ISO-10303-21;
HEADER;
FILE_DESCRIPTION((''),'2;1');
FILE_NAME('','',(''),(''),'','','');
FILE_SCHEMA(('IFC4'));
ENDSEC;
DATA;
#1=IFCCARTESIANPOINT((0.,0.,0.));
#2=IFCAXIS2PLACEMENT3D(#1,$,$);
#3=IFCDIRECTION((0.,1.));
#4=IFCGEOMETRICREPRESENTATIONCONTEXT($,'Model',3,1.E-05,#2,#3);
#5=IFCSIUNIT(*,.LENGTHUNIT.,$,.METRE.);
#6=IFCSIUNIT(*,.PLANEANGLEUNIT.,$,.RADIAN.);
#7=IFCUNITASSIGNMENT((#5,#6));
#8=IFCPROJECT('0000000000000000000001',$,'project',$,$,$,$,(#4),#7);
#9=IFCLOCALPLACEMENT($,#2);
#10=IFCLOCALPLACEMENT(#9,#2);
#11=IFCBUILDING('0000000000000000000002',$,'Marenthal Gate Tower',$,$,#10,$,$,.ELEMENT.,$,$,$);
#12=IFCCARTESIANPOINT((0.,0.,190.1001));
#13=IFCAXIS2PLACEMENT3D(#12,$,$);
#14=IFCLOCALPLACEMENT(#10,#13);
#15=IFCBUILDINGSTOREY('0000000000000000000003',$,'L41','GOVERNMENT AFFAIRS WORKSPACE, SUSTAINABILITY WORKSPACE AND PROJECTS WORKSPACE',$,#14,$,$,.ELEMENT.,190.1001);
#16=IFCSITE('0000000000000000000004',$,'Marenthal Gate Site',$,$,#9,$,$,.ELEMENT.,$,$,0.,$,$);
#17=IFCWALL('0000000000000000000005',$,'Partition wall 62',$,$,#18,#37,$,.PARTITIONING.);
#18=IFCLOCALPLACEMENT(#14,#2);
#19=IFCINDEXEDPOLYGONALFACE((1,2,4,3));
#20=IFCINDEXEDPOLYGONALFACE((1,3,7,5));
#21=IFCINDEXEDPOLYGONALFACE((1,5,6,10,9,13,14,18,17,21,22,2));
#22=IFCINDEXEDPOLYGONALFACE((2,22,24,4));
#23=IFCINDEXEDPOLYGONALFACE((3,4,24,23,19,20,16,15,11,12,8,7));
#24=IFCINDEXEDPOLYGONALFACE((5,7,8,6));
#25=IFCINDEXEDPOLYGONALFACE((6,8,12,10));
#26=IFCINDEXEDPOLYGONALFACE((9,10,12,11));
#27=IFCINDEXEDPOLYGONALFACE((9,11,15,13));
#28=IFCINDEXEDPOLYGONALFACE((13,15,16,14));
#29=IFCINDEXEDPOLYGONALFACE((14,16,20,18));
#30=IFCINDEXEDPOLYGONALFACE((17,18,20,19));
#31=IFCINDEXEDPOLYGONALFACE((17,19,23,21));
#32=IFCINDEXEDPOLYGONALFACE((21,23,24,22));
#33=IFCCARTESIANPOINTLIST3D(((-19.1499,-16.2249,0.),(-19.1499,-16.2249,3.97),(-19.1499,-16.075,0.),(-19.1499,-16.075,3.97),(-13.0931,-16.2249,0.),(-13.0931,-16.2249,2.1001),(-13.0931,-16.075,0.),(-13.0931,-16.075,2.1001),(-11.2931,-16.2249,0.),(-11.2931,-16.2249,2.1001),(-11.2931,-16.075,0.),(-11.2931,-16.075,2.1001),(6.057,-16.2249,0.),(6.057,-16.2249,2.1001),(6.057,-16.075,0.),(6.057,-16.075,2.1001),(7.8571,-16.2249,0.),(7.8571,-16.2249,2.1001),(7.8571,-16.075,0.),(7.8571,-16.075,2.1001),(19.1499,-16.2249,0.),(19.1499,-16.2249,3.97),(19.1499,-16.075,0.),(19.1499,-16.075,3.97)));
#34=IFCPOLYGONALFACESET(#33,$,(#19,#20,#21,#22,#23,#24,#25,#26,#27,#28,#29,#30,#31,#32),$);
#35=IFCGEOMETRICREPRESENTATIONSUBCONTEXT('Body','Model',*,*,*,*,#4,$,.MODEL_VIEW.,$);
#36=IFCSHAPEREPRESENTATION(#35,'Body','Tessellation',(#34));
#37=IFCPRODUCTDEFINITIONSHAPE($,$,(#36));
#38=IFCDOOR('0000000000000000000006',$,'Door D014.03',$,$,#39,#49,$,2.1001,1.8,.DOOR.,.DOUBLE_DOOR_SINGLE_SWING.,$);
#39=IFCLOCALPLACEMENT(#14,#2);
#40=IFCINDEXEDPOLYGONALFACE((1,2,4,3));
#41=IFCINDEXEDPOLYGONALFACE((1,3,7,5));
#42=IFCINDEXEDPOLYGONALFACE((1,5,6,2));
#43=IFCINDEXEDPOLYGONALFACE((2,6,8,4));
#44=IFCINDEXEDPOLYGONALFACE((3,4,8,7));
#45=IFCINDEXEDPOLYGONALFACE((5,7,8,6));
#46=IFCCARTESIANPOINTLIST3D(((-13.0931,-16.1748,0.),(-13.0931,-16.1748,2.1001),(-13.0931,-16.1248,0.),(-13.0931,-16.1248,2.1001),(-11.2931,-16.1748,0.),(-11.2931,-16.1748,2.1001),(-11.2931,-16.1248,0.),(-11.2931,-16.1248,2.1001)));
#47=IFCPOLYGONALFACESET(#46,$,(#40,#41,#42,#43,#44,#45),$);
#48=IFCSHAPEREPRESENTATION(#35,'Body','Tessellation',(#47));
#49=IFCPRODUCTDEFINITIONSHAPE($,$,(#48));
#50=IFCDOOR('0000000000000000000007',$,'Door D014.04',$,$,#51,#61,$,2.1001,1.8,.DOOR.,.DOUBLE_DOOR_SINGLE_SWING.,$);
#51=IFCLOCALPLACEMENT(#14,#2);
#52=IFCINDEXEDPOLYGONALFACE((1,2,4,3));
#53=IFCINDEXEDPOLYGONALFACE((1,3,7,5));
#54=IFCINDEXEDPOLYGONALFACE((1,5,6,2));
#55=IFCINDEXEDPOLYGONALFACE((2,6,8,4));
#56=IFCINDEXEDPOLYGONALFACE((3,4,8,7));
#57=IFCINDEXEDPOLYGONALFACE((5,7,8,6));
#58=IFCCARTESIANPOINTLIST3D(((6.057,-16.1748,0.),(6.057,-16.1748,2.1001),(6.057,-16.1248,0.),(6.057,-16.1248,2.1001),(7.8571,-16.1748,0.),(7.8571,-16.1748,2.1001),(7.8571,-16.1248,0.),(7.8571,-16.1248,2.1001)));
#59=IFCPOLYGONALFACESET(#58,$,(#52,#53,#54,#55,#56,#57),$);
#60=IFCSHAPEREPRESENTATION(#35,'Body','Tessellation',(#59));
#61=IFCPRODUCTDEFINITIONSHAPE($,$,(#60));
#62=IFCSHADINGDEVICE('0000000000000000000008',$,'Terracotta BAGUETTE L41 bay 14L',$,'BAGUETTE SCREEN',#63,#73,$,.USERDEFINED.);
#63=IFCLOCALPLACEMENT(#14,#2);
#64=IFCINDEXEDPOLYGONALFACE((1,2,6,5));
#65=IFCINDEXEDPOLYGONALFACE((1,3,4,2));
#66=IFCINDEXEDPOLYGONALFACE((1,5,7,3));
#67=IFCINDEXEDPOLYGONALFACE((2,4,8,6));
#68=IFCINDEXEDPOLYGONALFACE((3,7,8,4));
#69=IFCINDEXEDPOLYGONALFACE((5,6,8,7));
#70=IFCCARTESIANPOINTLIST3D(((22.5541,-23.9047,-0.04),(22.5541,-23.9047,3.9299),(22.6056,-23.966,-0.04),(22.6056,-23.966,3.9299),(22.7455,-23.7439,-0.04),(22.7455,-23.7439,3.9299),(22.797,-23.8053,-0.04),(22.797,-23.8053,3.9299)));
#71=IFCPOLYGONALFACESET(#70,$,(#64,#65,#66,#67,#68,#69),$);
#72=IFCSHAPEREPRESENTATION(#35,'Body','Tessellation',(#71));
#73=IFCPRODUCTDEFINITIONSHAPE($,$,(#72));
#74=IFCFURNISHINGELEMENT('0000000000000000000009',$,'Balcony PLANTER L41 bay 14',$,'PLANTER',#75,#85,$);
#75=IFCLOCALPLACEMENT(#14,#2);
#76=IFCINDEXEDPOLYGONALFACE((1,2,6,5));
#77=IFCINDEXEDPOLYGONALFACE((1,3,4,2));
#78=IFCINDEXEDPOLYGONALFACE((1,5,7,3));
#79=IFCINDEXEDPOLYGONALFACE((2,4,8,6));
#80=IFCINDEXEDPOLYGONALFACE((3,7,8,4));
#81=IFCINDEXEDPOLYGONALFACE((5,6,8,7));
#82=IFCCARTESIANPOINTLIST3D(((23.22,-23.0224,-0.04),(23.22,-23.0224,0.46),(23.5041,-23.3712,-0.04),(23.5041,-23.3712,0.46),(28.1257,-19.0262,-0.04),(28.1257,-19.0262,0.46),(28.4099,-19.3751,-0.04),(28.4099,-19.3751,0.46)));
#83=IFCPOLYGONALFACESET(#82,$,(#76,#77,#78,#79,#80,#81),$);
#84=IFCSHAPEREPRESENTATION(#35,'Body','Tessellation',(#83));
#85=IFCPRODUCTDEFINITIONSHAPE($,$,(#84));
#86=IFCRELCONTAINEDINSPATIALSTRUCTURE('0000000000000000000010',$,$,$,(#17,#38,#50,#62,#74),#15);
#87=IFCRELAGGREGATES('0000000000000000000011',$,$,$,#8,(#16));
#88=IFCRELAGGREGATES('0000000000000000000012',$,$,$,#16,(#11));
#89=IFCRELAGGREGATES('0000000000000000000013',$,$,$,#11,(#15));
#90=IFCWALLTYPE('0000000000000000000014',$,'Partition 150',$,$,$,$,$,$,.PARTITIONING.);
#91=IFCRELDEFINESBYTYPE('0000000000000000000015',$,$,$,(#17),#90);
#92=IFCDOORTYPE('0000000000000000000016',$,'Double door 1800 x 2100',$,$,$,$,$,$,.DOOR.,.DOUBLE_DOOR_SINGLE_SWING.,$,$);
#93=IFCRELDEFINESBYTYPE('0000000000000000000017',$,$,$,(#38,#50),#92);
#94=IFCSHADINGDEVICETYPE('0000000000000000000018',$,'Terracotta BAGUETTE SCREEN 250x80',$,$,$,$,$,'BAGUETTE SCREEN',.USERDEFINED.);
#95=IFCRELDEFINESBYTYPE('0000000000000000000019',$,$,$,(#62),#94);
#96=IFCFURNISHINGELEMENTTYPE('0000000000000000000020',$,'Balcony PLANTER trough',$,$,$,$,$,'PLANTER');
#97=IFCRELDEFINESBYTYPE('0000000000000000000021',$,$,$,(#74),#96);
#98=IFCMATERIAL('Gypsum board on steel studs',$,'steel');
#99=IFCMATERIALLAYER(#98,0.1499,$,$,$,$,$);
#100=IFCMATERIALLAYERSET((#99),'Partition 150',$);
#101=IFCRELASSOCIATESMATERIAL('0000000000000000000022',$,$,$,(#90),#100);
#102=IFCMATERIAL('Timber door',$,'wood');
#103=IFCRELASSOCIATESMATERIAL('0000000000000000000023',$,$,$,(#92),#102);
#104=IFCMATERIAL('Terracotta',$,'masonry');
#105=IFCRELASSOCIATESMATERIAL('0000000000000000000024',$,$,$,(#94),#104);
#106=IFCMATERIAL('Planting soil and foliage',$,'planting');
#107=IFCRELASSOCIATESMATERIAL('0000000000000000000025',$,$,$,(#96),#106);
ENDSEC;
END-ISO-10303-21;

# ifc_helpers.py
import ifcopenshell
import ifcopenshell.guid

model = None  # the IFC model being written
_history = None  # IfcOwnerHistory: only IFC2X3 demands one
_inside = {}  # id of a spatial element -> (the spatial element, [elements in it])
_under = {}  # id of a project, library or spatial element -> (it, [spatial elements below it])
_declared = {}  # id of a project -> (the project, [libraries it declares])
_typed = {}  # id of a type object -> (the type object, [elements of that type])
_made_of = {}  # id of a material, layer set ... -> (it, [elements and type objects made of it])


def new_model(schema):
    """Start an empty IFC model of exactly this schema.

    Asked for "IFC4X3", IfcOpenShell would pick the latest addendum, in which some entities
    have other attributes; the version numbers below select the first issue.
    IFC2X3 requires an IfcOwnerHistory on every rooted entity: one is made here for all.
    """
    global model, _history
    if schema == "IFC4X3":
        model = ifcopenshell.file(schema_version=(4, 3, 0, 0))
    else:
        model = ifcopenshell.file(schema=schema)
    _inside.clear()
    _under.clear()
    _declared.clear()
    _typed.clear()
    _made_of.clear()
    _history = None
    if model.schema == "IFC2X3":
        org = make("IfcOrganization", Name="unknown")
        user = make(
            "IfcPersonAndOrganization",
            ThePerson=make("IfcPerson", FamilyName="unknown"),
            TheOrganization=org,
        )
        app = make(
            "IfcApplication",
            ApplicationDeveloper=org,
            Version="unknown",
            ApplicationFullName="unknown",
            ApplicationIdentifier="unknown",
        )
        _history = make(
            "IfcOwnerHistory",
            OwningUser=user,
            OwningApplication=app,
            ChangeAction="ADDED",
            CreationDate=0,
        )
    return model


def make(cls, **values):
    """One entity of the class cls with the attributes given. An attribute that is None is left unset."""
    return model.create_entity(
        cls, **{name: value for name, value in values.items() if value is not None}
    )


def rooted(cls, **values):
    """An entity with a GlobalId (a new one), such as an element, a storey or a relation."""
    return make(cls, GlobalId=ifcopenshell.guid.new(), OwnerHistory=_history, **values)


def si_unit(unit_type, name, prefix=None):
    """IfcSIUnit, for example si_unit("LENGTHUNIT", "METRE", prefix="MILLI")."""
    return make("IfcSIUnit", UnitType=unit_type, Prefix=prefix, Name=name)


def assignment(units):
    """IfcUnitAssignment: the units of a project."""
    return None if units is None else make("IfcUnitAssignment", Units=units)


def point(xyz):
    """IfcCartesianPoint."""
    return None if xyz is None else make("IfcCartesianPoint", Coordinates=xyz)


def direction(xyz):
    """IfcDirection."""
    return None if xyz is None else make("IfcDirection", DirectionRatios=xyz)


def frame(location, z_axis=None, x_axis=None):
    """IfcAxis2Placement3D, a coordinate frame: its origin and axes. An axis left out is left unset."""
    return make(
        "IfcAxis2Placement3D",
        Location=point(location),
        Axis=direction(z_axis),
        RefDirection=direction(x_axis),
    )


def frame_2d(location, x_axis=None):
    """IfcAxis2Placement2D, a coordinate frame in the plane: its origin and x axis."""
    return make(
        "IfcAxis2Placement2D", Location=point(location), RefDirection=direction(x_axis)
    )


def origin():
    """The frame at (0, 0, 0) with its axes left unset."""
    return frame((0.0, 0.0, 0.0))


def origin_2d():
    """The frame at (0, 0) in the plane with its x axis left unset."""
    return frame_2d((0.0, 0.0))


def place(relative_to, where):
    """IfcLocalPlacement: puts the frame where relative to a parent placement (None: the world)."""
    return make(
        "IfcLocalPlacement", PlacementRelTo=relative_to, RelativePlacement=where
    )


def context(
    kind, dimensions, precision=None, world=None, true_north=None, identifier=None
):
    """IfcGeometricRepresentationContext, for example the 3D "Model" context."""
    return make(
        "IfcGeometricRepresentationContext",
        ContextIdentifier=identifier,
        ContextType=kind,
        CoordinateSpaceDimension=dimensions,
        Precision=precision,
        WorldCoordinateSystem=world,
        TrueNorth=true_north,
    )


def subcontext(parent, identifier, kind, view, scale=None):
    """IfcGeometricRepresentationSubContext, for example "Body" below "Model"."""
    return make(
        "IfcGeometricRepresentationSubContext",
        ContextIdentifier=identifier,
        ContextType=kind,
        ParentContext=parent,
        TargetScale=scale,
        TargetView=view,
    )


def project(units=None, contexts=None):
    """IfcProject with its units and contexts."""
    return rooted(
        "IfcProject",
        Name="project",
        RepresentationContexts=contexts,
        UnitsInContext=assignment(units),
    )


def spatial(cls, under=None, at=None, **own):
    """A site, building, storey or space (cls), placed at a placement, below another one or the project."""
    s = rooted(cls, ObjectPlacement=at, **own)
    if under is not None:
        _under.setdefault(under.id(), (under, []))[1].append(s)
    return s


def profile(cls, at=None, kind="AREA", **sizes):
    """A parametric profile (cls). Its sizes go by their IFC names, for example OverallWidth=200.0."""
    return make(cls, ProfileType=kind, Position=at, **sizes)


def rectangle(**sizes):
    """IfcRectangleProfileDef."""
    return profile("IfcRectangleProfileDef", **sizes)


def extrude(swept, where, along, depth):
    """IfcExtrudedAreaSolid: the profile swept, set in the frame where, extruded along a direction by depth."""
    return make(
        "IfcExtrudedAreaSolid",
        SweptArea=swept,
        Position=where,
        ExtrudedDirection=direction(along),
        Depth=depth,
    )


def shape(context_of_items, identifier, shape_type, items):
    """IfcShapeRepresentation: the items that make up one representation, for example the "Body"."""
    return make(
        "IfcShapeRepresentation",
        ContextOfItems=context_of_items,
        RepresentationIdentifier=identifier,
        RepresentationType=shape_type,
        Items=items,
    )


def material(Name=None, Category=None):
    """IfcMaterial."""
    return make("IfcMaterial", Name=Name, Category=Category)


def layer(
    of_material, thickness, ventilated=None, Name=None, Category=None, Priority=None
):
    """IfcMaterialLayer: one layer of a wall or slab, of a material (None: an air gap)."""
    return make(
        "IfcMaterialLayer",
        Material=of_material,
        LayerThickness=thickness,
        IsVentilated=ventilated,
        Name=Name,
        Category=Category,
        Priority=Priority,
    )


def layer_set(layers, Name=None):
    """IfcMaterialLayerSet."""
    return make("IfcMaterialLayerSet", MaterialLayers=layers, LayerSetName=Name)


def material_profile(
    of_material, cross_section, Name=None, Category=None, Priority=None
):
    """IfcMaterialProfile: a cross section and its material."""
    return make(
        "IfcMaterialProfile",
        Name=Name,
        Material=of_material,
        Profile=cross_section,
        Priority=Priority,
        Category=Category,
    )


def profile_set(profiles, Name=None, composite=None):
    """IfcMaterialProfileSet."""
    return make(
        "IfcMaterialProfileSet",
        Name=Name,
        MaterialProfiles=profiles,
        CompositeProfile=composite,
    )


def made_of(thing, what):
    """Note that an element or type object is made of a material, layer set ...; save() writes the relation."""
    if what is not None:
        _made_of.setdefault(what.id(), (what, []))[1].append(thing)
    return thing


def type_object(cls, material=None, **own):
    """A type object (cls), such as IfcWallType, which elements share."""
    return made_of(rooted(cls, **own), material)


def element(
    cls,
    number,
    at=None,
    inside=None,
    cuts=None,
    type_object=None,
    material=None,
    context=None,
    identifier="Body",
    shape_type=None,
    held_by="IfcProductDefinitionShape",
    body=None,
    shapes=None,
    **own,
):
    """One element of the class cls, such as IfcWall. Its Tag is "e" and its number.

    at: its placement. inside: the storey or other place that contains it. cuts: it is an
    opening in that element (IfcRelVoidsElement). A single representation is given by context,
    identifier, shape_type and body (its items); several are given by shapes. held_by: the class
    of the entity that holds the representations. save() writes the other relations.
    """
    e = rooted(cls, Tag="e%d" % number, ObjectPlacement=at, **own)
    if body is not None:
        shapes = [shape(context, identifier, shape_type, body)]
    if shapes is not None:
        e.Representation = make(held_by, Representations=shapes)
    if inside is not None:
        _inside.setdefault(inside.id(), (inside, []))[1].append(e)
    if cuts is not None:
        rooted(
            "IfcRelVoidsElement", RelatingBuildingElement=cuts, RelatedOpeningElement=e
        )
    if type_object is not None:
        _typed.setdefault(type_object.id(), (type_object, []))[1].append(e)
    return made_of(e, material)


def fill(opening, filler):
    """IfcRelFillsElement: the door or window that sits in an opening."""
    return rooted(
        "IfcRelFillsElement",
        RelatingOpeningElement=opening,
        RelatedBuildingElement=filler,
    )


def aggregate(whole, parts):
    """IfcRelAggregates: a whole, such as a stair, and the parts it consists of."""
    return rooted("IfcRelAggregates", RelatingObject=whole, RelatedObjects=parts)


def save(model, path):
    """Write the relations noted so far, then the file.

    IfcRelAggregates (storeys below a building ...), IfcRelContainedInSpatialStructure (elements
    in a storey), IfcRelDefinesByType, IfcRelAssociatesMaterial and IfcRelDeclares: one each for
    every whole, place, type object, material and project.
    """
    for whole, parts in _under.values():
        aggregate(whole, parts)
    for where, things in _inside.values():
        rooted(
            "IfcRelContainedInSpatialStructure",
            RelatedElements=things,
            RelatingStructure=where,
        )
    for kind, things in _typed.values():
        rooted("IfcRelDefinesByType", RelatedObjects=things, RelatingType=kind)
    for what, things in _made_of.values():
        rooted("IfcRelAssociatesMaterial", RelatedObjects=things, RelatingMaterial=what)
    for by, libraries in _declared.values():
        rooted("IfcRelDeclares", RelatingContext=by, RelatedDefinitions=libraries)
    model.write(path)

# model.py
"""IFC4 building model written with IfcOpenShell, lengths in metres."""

from ifc_helpers import new_model, si_unit, direction, frame, frame_2d, origin, origin_2d, place, context, subcontext, project, spatial, rectangle, extrude, material, layer, layer_set, material_profile, profile_set, type_object, element, fill, save


model = new_model("IFC4")

# Units and contexts
model_context = context("Model", 3, precision=1e-05, world=origin(), true_north=direction((0.0, 1.0)))
body_context = subcontext(model_context, "Body", "Model", "MODEL_VIEW")
ifc_project = project(units=[si_unit("LENGTHUNIT", "METRE"), si_unit("PLANEANGLEUNIT", "RADIAN")], contexts=[model_context])

# Site, building, storey
site_placement = place(None, origin())
site = spatial("IfcSite", under=ifc_project, at=site_placement, Name="Marenthal Gate Site", CompositionType="ELEMENT", RefElevation=0.0)
building_placement = place(site_placement, origin())
building = spatial("IfcBuilding", under=site, at=building_placement, Name="Marenthal Gate Tower", CompositionType="ELEMENT")
storey_placement = place(building_placement, frame((0.0, 0.0, 190.1001)))
storey = spatial("IfcBuildingStorey", under=building, at=storey_placement, Name="L41", Description="GOVERNMENT AFFAIRS WORKSPACE, SUSTAINABILITY WORKSPACE AND PROJECTS WORKSPACE", CompositionType="ELEMENT", Elevation=190.1001)

# Wall, openings, doors
ifc_material_1 = material(Name="Gypsum board on steel studs", Category="steel")
ifc_layer_1 = layer(ifc_material_1, 0.1499)
ifc_layer_set_1 = layer_set([ifc_layer_1], Name="Partition 150")
wall_type_1 = type_object("IfcWallType", Name="Partition 150", PredefinedType="PARTITIONING", material=ifc_layer_set_1)
wall_1_placement = place(storey_placement, frame((19.1499, -16.1499, 0.0), z_axis=(0.0, 0.0, 1.0), x_axis=(-1.0, 0.0, 0.0)))
wall_1 = element("IfcWall", 1, at=wall_1_placement, inside=storey, type_object=wall_type_1, Name="Partition wall 62", PredefinedType="PARTITIONING", context=body_context, shape_type="SweptSolid", body=[
    extrude(rectangle(XDim=38.2998, YDim=0.1499, at=frame_2d((19.1499, 0.0))), origin(), (0.0, 0.0, 1.0), 3.97),
])
opening_1_placement = place(wall_1_placement, frame((30.4431, 0.0, 0.0)))
opening_1 = element("IfcOpeningElement", 2, at=opening_1_placement, cuts=wall_1, PredefinedType="OPENING", context=body_context, shape_type="SweptSolid", body=[
    extrude(rectangle(XDim=1.8, YDim=2.1001, at=frame_2d((0.8999, 1.05))), frame((0.0, 0.085, 0.0), z_axis=(0.0, -1.0, 0.0), x_axis=(1.0, 0.0, 0.0)), (0.0, 0.0, 1.0), 0.1699),
])
opening_2_placement = place(wall_1_placement, frame((11.293, 0.0, 0.0)))
opening_2 = element("IfcOpeningElement", 3, at=opening_2_placement, cuts=wall_1, PredefinedType="OPENING", context=body_context, shape_type="SweptSolid", body=[
    extrude(rectangle(XDim=1.8, YDim=2.1001, at=frame_2d((0.8999, 1.05))), frame((0.0, 0.085, 0.0), z_axis=(0.0, -1.0, 0.0), x_axis=(1.0, 0.0, 0.0)), (0.0, 0.0, 1.0), 0.1699),
])
ifc_material_2 = material(Name="Timber door", Category="wood")
door_type_1 = type_object("IfcDoorType", Name="Double door 1800 x 2100", OperationType="DOUBLE_DOOR_SINGLE_SWING", PredefinedType="DOOR", material=ifc_material_2)
door_1_placement = place(opening_1_placement, origin())
door_1 = element("IfcDoor", 4, at=door_1_placement, inside=storey, type_object=door_type_1, Name="Door D014.03", OperationType="DOUBLE_DOOR_SINGLE_SWING", OverallHeight=2.1001, OverallWidth=1.8, PredefinedType="DOOR", context=body_context, shape_type="SweptSolid", body=[
    extrude(rectangle(XDim=1.8, YDim=2.1001, at=frame_2d((0.8999, 1.05))), frame((0.0, 0.0249, 0.0), z_axis=(0.0, -1.0, 0.0), x_axis=(1.0, 0.0, 0.0)), (0.0, 0.0, 1.0), 0.05),
])
fill(opening_1, door_1)
door_2_placement = place(opening_2_placement, origin())
door_2 = element("IfcDoor", 5, at=door_2_placement, inside=storey, type_object=door_type_1, Name="Door D014.04", OperationType="DOUBLE_DOOR_SINGLE_SWING", OverallHeight=2.1001, OverallWidth=1.8, PredefinedType="DOOR", context=body_context, shape_type="SweptSolid", body=[
    extrude(rectangle(XDim=1.8, YDim=2.1001, at=frame_2d((0.8999, 1.05))), frame((0.0, 0.0249, 0.0), z_axis=(0.0, -1.0, 0.0), x_axis=(1.0, 0.0, 0.0)), (0.0, 0.0, 1.0), 0.05),
])
fill(opening_2, door_2)

# Shading device
ifc_material_3 = material(Name="Terracotta", Category="masonry")
ifc_material_profile_1 = material_profile(ifc_material_3, rectangle(XDim=0.25, YDim=0.0801, at=origin_2d()), Name="Terracotta baguette 250x80")
ifc_profile_set_1 = profile_set([ifc_material_profile_1], Name="Terracotta")
shading_device_type = type_object("IfcShadingDeviceType", Name="Terracotta BAGUETTE SCREEN 250x80", ElementType="BAGUETTE SCREEN", PredefinedType="USERDEFINED", material=ifc_profile_set_1)
shading_device_placement = place(storey_placement, frame((22.6755, -23.855, -0.04), z_axis=(0.0, 0.0, 1.0), x_axis=(0.76578, 0.643103, 0.0)))
element("IfcShadingDevice", 6, at=shading_device_placement, inside=storey, type_object=shading_device_type, Name="Terracotta BAGUETTE L41 bay 14L", ObjectType="BAGUETTE SCREEN", PredefinedType="USERDEFINED", context=body_context, shape_type="SweptSolid", body=[
    extrude(rectangle(XDim=0.25, YDim=0.0801, at=origin_2d()), origin(), (0.0, 0.0, 1.0), 3.97),
])

# Furnishing element
ifc_material_4 = material(Name="Planting soil and foliage", Category="planting")
furnishing_element_type = type_object("IfcFurnishingElementType", Name="Balcony PLANTER trough", ElementType="PLANTER", material=ifc_material_4)
furnishing_placement = place(storey_placement, frame((25.8149, -21.1987, -0.04), z_axis=(0.0, 0.0, 1.0), x_axis=(0.775322, 0.631567, 0.0)))
element("IfcFurnishingElement", 7, at=furnishing_placement, inside=storey, type_object=furnishing_element_type, Name="Balcony PLANTER L41 bay 14", ObjectType="PLANTER", context=body_context, shape_type="SweptSolid", body=[
    extrude(rectangle(XDim=6.3274, YDim=0.45, at=origin_2d()), origin(), (0.0, 0.0, 1.0), 0.5),
])

save(model, "model.ifc")
